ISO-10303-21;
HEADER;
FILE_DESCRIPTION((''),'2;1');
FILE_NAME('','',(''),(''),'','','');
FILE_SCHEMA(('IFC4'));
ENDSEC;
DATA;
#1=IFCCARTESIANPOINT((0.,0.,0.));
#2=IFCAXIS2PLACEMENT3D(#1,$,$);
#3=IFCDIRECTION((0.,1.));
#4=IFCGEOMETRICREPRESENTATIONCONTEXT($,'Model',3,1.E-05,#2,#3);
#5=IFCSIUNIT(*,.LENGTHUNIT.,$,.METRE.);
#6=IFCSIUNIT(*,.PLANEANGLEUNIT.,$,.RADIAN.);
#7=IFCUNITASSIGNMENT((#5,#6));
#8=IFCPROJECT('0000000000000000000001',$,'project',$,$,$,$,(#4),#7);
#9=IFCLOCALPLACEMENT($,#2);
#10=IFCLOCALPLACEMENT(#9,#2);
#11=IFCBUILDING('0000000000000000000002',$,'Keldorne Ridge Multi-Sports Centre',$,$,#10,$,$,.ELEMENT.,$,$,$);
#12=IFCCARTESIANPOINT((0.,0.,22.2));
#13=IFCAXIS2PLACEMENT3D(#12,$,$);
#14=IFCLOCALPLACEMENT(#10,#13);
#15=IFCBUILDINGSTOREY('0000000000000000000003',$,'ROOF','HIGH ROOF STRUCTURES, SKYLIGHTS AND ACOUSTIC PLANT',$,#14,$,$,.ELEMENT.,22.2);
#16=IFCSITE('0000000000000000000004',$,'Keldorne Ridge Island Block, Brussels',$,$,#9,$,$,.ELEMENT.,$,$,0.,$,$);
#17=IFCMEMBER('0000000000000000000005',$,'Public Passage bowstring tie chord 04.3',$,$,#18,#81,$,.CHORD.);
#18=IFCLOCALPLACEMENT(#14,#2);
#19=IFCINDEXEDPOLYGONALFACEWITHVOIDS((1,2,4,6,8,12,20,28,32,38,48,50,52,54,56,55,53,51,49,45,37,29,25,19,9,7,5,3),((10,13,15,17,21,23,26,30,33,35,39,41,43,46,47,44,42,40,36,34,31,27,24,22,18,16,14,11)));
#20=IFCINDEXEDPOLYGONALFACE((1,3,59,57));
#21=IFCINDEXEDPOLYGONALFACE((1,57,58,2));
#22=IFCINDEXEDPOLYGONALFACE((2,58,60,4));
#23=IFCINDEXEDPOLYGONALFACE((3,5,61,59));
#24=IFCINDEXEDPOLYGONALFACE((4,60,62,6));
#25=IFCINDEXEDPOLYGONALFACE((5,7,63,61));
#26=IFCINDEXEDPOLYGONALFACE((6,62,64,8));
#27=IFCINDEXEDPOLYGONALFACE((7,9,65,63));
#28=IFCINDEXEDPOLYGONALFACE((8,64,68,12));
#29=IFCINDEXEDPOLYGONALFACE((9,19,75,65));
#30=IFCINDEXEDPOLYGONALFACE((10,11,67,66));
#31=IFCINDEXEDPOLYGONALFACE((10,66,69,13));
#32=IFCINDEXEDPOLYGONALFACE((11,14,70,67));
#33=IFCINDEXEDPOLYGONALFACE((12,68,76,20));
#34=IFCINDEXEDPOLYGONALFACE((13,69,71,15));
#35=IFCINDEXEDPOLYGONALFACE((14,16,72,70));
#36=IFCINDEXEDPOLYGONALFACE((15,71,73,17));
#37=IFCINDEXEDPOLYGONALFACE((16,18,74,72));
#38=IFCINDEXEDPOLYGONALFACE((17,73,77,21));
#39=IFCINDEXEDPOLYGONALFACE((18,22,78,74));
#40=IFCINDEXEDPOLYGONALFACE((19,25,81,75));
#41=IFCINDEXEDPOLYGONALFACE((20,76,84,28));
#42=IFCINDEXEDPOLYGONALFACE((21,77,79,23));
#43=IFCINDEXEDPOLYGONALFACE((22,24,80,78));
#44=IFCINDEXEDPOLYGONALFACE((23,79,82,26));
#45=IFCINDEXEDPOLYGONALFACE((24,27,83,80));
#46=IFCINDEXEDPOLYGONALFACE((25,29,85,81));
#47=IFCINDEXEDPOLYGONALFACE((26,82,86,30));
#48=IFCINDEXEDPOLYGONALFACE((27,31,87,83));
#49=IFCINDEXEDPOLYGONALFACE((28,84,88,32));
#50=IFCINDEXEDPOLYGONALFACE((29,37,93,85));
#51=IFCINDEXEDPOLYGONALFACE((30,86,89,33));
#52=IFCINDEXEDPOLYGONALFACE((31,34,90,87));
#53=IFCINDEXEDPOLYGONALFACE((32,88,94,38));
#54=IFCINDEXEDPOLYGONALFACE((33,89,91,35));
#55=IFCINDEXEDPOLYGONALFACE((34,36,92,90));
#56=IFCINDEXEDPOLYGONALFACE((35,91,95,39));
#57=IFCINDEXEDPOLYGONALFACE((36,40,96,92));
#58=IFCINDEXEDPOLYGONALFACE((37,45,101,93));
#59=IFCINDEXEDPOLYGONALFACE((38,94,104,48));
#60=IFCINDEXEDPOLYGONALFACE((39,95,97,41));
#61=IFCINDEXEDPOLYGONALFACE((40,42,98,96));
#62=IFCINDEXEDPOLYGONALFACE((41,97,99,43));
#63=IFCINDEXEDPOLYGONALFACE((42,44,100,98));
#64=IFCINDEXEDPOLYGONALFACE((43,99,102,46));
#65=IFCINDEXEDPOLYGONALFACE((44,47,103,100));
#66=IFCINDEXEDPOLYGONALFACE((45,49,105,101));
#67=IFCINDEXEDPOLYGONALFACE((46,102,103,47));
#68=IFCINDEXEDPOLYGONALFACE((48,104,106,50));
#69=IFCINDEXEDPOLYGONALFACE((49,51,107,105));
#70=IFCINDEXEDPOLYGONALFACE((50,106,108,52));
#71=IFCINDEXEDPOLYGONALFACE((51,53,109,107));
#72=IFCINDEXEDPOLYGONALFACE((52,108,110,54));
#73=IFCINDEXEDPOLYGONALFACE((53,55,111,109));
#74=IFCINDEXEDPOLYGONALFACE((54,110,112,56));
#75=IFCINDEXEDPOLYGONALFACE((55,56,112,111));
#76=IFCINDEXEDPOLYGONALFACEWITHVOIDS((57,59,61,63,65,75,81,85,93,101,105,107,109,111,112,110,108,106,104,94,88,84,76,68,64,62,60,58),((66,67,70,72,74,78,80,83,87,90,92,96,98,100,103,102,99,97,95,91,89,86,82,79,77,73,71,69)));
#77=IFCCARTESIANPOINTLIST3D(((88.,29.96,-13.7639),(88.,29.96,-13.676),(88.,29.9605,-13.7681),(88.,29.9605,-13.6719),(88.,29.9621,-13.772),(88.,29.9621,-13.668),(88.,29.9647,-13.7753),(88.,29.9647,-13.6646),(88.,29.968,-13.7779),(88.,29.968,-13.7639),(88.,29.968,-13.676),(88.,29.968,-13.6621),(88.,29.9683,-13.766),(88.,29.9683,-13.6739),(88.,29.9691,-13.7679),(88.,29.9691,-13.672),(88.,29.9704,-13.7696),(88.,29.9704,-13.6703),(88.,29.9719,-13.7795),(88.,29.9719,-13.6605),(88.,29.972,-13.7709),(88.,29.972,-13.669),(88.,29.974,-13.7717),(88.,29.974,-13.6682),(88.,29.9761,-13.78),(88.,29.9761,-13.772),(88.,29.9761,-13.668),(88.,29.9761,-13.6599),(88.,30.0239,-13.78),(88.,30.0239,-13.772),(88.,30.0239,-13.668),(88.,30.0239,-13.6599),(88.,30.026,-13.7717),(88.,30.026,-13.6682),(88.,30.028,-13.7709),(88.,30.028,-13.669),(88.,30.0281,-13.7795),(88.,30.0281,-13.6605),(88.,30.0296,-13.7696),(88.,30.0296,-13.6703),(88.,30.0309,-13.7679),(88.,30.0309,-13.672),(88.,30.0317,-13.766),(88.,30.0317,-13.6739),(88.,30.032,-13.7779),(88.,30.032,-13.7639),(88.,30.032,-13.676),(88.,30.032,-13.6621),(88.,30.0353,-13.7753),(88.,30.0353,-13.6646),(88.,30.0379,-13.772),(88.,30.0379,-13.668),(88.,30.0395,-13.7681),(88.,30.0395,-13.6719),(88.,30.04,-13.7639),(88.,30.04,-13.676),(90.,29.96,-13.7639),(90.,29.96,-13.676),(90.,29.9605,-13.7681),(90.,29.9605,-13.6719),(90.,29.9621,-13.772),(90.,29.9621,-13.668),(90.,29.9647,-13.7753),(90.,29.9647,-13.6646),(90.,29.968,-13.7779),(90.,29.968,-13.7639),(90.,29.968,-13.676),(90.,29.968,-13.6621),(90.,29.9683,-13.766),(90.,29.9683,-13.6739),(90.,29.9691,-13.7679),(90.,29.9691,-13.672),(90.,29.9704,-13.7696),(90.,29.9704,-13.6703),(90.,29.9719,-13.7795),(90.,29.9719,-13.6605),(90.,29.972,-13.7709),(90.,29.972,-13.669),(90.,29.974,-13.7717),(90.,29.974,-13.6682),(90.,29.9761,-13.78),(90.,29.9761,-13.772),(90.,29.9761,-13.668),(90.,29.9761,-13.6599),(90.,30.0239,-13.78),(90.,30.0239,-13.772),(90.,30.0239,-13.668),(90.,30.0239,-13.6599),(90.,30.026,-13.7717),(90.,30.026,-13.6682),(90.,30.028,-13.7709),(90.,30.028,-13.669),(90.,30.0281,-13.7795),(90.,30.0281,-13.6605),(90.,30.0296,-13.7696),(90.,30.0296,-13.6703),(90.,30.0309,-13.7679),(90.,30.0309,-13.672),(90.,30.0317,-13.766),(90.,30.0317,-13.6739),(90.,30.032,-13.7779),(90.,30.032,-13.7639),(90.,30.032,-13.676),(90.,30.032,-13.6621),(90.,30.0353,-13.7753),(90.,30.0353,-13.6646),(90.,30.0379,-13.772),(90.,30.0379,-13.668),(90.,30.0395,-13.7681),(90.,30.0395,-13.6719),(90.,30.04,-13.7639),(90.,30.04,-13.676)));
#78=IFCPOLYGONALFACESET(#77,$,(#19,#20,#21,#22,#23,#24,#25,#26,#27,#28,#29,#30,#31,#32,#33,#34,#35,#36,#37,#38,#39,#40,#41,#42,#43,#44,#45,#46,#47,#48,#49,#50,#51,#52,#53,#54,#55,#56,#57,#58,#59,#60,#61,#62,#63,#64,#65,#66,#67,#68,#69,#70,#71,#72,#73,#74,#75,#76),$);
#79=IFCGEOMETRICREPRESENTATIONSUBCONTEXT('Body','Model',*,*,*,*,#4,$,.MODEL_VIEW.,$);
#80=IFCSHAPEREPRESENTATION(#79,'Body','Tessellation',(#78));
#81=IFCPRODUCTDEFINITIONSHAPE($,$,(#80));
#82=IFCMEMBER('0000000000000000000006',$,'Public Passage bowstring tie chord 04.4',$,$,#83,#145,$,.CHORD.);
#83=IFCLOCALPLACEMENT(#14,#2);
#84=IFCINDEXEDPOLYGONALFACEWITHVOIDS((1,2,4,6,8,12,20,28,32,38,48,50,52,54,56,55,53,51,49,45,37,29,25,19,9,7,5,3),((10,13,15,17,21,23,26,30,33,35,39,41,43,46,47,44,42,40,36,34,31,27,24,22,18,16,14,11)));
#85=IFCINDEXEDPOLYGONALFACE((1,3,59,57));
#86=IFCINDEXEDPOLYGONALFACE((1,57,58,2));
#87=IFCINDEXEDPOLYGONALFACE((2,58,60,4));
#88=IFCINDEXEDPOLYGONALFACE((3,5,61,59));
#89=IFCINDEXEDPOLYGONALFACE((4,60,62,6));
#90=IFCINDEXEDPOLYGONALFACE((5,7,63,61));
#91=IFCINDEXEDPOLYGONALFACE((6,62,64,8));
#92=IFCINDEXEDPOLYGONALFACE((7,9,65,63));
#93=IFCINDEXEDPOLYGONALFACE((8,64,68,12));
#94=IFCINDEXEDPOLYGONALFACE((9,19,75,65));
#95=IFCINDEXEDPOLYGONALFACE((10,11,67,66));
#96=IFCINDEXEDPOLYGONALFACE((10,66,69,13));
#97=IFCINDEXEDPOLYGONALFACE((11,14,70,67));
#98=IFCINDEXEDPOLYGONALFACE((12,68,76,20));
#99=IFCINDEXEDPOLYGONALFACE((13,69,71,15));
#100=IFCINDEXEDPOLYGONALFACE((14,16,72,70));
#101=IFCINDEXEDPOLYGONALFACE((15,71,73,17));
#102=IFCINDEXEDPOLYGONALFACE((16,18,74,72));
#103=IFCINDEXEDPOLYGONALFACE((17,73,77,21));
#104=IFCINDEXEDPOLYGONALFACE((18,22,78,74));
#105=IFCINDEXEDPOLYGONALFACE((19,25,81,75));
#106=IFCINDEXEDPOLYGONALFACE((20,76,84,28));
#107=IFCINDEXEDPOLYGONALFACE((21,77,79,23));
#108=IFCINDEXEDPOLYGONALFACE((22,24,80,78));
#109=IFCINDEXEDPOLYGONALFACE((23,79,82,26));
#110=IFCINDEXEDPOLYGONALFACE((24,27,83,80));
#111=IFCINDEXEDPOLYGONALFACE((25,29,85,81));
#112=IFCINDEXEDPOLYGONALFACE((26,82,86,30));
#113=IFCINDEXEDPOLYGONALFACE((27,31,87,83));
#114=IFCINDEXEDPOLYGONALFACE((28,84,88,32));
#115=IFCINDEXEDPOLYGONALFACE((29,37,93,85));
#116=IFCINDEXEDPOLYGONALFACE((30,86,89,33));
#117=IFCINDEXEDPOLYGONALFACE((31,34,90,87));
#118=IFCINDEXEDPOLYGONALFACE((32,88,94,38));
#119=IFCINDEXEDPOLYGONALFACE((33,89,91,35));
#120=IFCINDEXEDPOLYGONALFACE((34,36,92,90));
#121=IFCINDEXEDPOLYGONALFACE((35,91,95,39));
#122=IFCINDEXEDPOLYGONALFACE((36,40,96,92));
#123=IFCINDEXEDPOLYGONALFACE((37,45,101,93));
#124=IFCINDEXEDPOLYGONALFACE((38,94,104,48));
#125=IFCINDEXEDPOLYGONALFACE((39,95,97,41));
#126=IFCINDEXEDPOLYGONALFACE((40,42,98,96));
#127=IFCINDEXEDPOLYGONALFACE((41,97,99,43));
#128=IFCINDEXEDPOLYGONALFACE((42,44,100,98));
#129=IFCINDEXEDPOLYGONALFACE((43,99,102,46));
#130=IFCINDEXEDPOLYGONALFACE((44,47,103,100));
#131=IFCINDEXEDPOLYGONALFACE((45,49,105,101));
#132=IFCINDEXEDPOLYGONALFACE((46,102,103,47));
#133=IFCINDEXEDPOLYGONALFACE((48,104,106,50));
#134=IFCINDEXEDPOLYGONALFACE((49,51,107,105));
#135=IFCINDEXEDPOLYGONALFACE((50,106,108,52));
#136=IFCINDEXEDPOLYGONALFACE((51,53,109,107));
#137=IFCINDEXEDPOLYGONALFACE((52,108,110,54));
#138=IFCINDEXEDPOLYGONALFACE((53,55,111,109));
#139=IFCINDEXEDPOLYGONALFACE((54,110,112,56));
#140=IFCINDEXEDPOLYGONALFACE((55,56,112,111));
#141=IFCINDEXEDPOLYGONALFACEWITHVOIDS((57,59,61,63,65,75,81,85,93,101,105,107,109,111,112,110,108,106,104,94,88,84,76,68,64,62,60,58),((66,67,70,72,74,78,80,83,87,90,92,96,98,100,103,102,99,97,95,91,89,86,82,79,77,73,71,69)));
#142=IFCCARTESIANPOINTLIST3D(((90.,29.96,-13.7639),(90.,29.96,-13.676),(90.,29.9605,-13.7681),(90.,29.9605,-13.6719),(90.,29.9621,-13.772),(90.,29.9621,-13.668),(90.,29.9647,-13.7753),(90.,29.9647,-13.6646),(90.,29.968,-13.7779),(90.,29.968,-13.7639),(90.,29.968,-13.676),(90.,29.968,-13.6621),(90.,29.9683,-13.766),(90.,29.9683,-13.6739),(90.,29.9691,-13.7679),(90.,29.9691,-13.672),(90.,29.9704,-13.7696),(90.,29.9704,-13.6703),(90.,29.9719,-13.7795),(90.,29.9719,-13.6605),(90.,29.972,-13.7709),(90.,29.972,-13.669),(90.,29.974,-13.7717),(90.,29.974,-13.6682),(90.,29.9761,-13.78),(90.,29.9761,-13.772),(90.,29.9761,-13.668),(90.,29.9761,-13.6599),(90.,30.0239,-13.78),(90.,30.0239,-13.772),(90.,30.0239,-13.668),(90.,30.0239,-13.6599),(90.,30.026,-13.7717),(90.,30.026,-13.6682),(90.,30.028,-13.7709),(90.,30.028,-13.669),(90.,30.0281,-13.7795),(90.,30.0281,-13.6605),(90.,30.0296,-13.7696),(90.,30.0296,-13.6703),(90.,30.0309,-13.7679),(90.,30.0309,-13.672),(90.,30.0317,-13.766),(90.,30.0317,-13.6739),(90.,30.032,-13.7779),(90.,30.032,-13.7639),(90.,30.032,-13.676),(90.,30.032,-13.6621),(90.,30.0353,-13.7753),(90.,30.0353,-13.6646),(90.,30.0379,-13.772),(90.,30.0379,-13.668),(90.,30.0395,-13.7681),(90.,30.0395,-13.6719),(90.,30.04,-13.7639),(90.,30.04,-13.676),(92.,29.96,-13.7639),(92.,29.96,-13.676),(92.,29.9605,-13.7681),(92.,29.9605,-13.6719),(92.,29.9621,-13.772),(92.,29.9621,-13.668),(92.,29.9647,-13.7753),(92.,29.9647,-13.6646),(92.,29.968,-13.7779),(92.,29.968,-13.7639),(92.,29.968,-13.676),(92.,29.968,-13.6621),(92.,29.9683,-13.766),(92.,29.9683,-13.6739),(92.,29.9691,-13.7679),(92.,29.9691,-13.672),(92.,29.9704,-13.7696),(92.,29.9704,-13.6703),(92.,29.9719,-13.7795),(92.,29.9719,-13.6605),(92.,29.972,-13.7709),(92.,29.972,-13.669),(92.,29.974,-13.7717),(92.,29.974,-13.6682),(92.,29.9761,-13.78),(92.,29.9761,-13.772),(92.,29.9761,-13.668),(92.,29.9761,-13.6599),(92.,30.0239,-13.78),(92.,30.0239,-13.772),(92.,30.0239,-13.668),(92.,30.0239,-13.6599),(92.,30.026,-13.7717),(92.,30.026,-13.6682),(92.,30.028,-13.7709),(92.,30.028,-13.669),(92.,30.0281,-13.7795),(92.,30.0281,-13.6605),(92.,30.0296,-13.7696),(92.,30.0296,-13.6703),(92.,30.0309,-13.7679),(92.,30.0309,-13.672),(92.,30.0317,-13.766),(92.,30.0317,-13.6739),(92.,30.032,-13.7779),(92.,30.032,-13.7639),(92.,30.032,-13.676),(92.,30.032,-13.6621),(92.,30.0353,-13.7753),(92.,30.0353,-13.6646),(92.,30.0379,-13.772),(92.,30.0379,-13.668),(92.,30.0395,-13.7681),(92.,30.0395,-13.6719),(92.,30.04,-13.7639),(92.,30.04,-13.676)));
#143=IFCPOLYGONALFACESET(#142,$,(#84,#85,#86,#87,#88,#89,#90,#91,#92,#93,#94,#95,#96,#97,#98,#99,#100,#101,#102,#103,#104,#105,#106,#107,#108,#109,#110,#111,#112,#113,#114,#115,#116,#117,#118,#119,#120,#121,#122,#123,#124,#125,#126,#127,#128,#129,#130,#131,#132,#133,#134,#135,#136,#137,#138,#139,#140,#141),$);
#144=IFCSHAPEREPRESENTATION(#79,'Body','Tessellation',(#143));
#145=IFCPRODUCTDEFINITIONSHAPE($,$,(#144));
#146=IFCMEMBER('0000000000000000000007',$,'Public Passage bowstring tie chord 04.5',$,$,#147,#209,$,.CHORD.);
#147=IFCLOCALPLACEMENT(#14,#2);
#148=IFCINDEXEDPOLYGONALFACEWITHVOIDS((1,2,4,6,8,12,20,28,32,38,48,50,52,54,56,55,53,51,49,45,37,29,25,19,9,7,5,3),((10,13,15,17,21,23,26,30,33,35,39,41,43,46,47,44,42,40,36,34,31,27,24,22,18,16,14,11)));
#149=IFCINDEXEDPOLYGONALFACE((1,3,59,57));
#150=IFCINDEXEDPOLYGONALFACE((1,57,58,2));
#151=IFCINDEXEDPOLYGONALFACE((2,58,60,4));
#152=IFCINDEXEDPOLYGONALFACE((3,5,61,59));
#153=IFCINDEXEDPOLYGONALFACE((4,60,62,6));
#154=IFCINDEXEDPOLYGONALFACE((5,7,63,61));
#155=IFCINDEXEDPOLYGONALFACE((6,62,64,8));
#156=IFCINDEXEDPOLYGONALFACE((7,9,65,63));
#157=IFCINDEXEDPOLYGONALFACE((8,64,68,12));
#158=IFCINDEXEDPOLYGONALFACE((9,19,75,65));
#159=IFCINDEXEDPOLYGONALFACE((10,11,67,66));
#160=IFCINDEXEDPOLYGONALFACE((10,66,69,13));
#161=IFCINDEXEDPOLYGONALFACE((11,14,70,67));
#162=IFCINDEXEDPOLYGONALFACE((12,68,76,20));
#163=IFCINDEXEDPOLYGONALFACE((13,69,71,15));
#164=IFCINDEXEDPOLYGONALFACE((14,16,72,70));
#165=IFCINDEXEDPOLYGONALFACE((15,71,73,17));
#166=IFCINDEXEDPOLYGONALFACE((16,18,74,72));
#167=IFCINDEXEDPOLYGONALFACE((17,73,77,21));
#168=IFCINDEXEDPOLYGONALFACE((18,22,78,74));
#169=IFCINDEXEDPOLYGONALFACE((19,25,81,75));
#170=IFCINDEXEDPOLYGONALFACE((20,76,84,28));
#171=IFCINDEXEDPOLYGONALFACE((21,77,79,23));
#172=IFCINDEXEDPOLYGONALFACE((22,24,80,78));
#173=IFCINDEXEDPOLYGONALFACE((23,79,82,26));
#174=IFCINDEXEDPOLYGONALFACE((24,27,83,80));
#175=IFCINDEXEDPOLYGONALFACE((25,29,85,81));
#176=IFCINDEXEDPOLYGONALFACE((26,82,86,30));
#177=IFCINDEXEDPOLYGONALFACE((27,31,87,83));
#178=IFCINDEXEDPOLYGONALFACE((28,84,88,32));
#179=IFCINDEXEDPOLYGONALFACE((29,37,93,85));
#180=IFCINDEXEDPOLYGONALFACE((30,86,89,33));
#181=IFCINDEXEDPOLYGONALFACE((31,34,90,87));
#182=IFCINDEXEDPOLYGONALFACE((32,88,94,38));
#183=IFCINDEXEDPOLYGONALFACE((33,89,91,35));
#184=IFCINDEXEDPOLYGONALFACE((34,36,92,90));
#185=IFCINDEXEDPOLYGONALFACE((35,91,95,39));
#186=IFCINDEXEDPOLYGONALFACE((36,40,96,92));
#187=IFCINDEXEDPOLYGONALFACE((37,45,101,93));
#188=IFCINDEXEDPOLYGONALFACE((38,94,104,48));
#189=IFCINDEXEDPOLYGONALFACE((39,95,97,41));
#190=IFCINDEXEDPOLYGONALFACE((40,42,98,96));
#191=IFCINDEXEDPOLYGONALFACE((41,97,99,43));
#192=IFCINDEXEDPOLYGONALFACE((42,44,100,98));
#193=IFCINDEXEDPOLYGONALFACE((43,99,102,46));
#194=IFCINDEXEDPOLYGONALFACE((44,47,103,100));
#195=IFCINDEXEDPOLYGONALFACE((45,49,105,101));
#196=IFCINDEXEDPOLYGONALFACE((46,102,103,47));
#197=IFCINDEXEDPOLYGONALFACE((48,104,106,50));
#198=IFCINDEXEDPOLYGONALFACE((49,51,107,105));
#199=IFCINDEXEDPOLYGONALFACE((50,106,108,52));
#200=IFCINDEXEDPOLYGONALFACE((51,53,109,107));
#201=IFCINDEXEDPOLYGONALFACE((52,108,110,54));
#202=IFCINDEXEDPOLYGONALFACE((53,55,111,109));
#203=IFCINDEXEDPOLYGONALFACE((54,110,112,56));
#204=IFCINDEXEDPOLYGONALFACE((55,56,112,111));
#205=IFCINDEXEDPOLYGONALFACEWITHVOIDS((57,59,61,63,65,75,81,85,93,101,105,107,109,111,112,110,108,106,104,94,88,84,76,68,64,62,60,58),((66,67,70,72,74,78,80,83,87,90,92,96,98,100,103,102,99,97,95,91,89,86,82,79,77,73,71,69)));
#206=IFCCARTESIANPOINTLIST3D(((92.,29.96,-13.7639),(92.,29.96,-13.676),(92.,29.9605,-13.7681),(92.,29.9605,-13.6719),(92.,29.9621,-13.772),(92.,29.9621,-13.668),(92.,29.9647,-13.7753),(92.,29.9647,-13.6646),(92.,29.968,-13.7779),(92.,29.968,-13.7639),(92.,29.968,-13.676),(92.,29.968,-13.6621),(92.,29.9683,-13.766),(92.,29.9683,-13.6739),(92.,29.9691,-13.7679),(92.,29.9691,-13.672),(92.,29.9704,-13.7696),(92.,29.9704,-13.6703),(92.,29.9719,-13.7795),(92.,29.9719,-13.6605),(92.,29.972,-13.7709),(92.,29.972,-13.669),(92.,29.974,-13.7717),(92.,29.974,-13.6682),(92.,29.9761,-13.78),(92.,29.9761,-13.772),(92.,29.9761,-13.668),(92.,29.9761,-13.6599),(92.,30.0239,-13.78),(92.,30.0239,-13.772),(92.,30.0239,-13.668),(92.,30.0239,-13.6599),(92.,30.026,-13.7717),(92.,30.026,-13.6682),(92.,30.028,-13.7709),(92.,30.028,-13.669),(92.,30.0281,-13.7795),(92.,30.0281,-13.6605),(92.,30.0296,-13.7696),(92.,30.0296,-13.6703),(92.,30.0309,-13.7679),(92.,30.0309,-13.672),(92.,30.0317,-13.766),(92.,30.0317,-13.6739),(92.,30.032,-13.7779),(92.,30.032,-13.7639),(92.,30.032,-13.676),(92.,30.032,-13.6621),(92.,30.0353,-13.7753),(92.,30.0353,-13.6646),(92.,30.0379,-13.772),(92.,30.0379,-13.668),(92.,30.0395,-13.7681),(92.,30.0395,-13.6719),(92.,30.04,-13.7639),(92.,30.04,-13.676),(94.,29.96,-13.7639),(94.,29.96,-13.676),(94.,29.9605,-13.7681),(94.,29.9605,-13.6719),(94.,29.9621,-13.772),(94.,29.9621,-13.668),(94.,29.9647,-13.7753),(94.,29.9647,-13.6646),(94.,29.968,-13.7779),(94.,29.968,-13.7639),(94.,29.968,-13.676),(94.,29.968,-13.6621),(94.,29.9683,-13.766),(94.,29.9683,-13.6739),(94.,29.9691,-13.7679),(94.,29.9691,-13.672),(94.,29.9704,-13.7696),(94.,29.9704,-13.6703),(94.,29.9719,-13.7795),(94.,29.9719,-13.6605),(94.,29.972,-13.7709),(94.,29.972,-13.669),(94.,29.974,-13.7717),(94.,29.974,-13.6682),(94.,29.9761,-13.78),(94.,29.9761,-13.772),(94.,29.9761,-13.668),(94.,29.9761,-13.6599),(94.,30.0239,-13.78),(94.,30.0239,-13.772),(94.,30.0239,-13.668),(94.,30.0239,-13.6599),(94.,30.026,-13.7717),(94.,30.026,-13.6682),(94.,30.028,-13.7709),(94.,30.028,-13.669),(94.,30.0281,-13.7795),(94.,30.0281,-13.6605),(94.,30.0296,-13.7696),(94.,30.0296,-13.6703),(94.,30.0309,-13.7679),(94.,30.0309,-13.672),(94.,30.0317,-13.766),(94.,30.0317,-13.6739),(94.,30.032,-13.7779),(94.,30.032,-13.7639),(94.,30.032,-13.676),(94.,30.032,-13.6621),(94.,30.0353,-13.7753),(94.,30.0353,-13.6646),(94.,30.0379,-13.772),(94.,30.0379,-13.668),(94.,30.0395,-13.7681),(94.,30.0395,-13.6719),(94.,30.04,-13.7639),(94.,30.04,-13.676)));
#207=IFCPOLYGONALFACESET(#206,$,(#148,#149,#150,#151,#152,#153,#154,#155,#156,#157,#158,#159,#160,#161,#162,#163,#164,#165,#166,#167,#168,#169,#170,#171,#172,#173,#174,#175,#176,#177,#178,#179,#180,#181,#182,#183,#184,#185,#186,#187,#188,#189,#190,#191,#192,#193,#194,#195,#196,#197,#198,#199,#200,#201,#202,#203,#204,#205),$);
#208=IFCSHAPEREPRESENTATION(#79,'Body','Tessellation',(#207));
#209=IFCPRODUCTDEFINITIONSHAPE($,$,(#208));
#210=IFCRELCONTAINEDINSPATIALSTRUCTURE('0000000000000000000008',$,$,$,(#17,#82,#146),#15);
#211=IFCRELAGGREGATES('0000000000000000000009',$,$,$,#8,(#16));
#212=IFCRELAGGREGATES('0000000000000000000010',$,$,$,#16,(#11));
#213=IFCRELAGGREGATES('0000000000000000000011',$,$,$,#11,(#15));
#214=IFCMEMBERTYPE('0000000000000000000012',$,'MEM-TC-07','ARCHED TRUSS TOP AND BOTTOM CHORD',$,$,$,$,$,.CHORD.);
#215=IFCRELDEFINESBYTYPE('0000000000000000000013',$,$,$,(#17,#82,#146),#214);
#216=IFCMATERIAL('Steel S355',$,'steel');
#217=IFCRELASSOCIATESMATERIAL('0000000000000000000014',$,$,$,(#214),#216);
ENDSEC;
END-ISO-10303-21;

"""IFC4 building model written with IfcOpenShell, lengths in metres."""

from ifc_helpers import new_model, si_unit, direction, frame, origin, origin_2d, place, context, subcontext, project, spatial, hollow_rectangle, extrude, material, material_profile, profile_set, type_object, element, save


model = new_model("IFC4")

# Units and contexts
model_context = context("Model", 3, precision=1e-05, world=origin(), true_north=direction((0.0, 1.0)))
body_context = subcontext(model_context, "Body", "Model", "MODEL_VIEW")
ifc_project = project(units=[si_unit("LENGTHUNIT", "METRE"), si_unit("PLANEANGLEUNIT", "RADIAN")], contexts=[model_context])

# Site, building, storey
site_placement = place(None, origin())
site = spatial("IfcSite", under=ifc_project, at=site_placement, Name="Keldorne Ridge Island Block, Brussels", CompositionType="ELEMENT", RefElevation=0.0)
building_placement = place(site_placement, origin())
building = spatial("IfcBuilding", under=site, at=building_placement, Name="Keldorne Ridge Multi-Sports Centre", CompositionType="ELEMENT")
storey_placement = place(building_placement, frame((0.0, 0.0, 22.2)))
storey = spatial("IfcBuildingStorey", under=building, at=storey_placement, Name="ROOF", Description="HIGH ROOF STRUCTURES, SKYLIGHTS AND ACOUSTIC PLANT", CompositionType="ELEMENT", Elevation=22.2)

# Members
ifc_material = material(Name="Steel S355", Category="steel")
ifc_material_profile_1 = material_profile(ifc_material, hollow_rectangle(XDim=0.0801, YDim=0.1201, WallThickness=0.0081, InnerFilletRadius=0.0081, OuterFilletRadius=0.0161, at=origin_2d()), Name="RHS 120x80x8")
ifc_profile_set_1 = profile_set([ifc_material_profile_1], Name="Steel S355")
member_type_1 = type_object("IfcMemberType", Name="MEM-TC-07", Description="ARCHED TRUSS TOP AND BOTTOM CHORD", PredefinedType="CHORD", material=ifc_profile_set_1)
for number, where, z_axis, x_axis, name in (
    (1, (88.0, 30.0, -13.72), (1.0, 0.0, 0.0), (0.0, 1.0, 0.0), "Public Passage bowstring tie chord 04.3"),
    (2, (90.0, 30.0, -13.72), (1.0, 0.0, 0.0), (0.0, 1.0, 0.0), "Public Passage bowstring tie chord 04.4"),
    (3, (92.0, 30.0, -13.72), (1.0, 0.0, 0.0), (0.0, 1.0, 0.0), "Public Passage bowstring tie chord 04.5"),
):
    element("IfcMember", number, at=place(storey_placement, frame(where, z_axis=z_axis, x_axis=x_axis)), inside=storey, type_object=member_type_1, Name=name, PredefinedType="CHORD", context=body_context, shape_type="SweptSolid", body=[
        extrude(hollow_rectangle(XDim=0.0801, YDim=0.1201, WallThickness=0.0081, InnerFilletRadius=0.0081, OuterFilletRadius=0.0161, at=origin_2d()), origin(), (0.0, 0.0, 1.0), 2.0),
    ])

save(model, "model.ifc")
